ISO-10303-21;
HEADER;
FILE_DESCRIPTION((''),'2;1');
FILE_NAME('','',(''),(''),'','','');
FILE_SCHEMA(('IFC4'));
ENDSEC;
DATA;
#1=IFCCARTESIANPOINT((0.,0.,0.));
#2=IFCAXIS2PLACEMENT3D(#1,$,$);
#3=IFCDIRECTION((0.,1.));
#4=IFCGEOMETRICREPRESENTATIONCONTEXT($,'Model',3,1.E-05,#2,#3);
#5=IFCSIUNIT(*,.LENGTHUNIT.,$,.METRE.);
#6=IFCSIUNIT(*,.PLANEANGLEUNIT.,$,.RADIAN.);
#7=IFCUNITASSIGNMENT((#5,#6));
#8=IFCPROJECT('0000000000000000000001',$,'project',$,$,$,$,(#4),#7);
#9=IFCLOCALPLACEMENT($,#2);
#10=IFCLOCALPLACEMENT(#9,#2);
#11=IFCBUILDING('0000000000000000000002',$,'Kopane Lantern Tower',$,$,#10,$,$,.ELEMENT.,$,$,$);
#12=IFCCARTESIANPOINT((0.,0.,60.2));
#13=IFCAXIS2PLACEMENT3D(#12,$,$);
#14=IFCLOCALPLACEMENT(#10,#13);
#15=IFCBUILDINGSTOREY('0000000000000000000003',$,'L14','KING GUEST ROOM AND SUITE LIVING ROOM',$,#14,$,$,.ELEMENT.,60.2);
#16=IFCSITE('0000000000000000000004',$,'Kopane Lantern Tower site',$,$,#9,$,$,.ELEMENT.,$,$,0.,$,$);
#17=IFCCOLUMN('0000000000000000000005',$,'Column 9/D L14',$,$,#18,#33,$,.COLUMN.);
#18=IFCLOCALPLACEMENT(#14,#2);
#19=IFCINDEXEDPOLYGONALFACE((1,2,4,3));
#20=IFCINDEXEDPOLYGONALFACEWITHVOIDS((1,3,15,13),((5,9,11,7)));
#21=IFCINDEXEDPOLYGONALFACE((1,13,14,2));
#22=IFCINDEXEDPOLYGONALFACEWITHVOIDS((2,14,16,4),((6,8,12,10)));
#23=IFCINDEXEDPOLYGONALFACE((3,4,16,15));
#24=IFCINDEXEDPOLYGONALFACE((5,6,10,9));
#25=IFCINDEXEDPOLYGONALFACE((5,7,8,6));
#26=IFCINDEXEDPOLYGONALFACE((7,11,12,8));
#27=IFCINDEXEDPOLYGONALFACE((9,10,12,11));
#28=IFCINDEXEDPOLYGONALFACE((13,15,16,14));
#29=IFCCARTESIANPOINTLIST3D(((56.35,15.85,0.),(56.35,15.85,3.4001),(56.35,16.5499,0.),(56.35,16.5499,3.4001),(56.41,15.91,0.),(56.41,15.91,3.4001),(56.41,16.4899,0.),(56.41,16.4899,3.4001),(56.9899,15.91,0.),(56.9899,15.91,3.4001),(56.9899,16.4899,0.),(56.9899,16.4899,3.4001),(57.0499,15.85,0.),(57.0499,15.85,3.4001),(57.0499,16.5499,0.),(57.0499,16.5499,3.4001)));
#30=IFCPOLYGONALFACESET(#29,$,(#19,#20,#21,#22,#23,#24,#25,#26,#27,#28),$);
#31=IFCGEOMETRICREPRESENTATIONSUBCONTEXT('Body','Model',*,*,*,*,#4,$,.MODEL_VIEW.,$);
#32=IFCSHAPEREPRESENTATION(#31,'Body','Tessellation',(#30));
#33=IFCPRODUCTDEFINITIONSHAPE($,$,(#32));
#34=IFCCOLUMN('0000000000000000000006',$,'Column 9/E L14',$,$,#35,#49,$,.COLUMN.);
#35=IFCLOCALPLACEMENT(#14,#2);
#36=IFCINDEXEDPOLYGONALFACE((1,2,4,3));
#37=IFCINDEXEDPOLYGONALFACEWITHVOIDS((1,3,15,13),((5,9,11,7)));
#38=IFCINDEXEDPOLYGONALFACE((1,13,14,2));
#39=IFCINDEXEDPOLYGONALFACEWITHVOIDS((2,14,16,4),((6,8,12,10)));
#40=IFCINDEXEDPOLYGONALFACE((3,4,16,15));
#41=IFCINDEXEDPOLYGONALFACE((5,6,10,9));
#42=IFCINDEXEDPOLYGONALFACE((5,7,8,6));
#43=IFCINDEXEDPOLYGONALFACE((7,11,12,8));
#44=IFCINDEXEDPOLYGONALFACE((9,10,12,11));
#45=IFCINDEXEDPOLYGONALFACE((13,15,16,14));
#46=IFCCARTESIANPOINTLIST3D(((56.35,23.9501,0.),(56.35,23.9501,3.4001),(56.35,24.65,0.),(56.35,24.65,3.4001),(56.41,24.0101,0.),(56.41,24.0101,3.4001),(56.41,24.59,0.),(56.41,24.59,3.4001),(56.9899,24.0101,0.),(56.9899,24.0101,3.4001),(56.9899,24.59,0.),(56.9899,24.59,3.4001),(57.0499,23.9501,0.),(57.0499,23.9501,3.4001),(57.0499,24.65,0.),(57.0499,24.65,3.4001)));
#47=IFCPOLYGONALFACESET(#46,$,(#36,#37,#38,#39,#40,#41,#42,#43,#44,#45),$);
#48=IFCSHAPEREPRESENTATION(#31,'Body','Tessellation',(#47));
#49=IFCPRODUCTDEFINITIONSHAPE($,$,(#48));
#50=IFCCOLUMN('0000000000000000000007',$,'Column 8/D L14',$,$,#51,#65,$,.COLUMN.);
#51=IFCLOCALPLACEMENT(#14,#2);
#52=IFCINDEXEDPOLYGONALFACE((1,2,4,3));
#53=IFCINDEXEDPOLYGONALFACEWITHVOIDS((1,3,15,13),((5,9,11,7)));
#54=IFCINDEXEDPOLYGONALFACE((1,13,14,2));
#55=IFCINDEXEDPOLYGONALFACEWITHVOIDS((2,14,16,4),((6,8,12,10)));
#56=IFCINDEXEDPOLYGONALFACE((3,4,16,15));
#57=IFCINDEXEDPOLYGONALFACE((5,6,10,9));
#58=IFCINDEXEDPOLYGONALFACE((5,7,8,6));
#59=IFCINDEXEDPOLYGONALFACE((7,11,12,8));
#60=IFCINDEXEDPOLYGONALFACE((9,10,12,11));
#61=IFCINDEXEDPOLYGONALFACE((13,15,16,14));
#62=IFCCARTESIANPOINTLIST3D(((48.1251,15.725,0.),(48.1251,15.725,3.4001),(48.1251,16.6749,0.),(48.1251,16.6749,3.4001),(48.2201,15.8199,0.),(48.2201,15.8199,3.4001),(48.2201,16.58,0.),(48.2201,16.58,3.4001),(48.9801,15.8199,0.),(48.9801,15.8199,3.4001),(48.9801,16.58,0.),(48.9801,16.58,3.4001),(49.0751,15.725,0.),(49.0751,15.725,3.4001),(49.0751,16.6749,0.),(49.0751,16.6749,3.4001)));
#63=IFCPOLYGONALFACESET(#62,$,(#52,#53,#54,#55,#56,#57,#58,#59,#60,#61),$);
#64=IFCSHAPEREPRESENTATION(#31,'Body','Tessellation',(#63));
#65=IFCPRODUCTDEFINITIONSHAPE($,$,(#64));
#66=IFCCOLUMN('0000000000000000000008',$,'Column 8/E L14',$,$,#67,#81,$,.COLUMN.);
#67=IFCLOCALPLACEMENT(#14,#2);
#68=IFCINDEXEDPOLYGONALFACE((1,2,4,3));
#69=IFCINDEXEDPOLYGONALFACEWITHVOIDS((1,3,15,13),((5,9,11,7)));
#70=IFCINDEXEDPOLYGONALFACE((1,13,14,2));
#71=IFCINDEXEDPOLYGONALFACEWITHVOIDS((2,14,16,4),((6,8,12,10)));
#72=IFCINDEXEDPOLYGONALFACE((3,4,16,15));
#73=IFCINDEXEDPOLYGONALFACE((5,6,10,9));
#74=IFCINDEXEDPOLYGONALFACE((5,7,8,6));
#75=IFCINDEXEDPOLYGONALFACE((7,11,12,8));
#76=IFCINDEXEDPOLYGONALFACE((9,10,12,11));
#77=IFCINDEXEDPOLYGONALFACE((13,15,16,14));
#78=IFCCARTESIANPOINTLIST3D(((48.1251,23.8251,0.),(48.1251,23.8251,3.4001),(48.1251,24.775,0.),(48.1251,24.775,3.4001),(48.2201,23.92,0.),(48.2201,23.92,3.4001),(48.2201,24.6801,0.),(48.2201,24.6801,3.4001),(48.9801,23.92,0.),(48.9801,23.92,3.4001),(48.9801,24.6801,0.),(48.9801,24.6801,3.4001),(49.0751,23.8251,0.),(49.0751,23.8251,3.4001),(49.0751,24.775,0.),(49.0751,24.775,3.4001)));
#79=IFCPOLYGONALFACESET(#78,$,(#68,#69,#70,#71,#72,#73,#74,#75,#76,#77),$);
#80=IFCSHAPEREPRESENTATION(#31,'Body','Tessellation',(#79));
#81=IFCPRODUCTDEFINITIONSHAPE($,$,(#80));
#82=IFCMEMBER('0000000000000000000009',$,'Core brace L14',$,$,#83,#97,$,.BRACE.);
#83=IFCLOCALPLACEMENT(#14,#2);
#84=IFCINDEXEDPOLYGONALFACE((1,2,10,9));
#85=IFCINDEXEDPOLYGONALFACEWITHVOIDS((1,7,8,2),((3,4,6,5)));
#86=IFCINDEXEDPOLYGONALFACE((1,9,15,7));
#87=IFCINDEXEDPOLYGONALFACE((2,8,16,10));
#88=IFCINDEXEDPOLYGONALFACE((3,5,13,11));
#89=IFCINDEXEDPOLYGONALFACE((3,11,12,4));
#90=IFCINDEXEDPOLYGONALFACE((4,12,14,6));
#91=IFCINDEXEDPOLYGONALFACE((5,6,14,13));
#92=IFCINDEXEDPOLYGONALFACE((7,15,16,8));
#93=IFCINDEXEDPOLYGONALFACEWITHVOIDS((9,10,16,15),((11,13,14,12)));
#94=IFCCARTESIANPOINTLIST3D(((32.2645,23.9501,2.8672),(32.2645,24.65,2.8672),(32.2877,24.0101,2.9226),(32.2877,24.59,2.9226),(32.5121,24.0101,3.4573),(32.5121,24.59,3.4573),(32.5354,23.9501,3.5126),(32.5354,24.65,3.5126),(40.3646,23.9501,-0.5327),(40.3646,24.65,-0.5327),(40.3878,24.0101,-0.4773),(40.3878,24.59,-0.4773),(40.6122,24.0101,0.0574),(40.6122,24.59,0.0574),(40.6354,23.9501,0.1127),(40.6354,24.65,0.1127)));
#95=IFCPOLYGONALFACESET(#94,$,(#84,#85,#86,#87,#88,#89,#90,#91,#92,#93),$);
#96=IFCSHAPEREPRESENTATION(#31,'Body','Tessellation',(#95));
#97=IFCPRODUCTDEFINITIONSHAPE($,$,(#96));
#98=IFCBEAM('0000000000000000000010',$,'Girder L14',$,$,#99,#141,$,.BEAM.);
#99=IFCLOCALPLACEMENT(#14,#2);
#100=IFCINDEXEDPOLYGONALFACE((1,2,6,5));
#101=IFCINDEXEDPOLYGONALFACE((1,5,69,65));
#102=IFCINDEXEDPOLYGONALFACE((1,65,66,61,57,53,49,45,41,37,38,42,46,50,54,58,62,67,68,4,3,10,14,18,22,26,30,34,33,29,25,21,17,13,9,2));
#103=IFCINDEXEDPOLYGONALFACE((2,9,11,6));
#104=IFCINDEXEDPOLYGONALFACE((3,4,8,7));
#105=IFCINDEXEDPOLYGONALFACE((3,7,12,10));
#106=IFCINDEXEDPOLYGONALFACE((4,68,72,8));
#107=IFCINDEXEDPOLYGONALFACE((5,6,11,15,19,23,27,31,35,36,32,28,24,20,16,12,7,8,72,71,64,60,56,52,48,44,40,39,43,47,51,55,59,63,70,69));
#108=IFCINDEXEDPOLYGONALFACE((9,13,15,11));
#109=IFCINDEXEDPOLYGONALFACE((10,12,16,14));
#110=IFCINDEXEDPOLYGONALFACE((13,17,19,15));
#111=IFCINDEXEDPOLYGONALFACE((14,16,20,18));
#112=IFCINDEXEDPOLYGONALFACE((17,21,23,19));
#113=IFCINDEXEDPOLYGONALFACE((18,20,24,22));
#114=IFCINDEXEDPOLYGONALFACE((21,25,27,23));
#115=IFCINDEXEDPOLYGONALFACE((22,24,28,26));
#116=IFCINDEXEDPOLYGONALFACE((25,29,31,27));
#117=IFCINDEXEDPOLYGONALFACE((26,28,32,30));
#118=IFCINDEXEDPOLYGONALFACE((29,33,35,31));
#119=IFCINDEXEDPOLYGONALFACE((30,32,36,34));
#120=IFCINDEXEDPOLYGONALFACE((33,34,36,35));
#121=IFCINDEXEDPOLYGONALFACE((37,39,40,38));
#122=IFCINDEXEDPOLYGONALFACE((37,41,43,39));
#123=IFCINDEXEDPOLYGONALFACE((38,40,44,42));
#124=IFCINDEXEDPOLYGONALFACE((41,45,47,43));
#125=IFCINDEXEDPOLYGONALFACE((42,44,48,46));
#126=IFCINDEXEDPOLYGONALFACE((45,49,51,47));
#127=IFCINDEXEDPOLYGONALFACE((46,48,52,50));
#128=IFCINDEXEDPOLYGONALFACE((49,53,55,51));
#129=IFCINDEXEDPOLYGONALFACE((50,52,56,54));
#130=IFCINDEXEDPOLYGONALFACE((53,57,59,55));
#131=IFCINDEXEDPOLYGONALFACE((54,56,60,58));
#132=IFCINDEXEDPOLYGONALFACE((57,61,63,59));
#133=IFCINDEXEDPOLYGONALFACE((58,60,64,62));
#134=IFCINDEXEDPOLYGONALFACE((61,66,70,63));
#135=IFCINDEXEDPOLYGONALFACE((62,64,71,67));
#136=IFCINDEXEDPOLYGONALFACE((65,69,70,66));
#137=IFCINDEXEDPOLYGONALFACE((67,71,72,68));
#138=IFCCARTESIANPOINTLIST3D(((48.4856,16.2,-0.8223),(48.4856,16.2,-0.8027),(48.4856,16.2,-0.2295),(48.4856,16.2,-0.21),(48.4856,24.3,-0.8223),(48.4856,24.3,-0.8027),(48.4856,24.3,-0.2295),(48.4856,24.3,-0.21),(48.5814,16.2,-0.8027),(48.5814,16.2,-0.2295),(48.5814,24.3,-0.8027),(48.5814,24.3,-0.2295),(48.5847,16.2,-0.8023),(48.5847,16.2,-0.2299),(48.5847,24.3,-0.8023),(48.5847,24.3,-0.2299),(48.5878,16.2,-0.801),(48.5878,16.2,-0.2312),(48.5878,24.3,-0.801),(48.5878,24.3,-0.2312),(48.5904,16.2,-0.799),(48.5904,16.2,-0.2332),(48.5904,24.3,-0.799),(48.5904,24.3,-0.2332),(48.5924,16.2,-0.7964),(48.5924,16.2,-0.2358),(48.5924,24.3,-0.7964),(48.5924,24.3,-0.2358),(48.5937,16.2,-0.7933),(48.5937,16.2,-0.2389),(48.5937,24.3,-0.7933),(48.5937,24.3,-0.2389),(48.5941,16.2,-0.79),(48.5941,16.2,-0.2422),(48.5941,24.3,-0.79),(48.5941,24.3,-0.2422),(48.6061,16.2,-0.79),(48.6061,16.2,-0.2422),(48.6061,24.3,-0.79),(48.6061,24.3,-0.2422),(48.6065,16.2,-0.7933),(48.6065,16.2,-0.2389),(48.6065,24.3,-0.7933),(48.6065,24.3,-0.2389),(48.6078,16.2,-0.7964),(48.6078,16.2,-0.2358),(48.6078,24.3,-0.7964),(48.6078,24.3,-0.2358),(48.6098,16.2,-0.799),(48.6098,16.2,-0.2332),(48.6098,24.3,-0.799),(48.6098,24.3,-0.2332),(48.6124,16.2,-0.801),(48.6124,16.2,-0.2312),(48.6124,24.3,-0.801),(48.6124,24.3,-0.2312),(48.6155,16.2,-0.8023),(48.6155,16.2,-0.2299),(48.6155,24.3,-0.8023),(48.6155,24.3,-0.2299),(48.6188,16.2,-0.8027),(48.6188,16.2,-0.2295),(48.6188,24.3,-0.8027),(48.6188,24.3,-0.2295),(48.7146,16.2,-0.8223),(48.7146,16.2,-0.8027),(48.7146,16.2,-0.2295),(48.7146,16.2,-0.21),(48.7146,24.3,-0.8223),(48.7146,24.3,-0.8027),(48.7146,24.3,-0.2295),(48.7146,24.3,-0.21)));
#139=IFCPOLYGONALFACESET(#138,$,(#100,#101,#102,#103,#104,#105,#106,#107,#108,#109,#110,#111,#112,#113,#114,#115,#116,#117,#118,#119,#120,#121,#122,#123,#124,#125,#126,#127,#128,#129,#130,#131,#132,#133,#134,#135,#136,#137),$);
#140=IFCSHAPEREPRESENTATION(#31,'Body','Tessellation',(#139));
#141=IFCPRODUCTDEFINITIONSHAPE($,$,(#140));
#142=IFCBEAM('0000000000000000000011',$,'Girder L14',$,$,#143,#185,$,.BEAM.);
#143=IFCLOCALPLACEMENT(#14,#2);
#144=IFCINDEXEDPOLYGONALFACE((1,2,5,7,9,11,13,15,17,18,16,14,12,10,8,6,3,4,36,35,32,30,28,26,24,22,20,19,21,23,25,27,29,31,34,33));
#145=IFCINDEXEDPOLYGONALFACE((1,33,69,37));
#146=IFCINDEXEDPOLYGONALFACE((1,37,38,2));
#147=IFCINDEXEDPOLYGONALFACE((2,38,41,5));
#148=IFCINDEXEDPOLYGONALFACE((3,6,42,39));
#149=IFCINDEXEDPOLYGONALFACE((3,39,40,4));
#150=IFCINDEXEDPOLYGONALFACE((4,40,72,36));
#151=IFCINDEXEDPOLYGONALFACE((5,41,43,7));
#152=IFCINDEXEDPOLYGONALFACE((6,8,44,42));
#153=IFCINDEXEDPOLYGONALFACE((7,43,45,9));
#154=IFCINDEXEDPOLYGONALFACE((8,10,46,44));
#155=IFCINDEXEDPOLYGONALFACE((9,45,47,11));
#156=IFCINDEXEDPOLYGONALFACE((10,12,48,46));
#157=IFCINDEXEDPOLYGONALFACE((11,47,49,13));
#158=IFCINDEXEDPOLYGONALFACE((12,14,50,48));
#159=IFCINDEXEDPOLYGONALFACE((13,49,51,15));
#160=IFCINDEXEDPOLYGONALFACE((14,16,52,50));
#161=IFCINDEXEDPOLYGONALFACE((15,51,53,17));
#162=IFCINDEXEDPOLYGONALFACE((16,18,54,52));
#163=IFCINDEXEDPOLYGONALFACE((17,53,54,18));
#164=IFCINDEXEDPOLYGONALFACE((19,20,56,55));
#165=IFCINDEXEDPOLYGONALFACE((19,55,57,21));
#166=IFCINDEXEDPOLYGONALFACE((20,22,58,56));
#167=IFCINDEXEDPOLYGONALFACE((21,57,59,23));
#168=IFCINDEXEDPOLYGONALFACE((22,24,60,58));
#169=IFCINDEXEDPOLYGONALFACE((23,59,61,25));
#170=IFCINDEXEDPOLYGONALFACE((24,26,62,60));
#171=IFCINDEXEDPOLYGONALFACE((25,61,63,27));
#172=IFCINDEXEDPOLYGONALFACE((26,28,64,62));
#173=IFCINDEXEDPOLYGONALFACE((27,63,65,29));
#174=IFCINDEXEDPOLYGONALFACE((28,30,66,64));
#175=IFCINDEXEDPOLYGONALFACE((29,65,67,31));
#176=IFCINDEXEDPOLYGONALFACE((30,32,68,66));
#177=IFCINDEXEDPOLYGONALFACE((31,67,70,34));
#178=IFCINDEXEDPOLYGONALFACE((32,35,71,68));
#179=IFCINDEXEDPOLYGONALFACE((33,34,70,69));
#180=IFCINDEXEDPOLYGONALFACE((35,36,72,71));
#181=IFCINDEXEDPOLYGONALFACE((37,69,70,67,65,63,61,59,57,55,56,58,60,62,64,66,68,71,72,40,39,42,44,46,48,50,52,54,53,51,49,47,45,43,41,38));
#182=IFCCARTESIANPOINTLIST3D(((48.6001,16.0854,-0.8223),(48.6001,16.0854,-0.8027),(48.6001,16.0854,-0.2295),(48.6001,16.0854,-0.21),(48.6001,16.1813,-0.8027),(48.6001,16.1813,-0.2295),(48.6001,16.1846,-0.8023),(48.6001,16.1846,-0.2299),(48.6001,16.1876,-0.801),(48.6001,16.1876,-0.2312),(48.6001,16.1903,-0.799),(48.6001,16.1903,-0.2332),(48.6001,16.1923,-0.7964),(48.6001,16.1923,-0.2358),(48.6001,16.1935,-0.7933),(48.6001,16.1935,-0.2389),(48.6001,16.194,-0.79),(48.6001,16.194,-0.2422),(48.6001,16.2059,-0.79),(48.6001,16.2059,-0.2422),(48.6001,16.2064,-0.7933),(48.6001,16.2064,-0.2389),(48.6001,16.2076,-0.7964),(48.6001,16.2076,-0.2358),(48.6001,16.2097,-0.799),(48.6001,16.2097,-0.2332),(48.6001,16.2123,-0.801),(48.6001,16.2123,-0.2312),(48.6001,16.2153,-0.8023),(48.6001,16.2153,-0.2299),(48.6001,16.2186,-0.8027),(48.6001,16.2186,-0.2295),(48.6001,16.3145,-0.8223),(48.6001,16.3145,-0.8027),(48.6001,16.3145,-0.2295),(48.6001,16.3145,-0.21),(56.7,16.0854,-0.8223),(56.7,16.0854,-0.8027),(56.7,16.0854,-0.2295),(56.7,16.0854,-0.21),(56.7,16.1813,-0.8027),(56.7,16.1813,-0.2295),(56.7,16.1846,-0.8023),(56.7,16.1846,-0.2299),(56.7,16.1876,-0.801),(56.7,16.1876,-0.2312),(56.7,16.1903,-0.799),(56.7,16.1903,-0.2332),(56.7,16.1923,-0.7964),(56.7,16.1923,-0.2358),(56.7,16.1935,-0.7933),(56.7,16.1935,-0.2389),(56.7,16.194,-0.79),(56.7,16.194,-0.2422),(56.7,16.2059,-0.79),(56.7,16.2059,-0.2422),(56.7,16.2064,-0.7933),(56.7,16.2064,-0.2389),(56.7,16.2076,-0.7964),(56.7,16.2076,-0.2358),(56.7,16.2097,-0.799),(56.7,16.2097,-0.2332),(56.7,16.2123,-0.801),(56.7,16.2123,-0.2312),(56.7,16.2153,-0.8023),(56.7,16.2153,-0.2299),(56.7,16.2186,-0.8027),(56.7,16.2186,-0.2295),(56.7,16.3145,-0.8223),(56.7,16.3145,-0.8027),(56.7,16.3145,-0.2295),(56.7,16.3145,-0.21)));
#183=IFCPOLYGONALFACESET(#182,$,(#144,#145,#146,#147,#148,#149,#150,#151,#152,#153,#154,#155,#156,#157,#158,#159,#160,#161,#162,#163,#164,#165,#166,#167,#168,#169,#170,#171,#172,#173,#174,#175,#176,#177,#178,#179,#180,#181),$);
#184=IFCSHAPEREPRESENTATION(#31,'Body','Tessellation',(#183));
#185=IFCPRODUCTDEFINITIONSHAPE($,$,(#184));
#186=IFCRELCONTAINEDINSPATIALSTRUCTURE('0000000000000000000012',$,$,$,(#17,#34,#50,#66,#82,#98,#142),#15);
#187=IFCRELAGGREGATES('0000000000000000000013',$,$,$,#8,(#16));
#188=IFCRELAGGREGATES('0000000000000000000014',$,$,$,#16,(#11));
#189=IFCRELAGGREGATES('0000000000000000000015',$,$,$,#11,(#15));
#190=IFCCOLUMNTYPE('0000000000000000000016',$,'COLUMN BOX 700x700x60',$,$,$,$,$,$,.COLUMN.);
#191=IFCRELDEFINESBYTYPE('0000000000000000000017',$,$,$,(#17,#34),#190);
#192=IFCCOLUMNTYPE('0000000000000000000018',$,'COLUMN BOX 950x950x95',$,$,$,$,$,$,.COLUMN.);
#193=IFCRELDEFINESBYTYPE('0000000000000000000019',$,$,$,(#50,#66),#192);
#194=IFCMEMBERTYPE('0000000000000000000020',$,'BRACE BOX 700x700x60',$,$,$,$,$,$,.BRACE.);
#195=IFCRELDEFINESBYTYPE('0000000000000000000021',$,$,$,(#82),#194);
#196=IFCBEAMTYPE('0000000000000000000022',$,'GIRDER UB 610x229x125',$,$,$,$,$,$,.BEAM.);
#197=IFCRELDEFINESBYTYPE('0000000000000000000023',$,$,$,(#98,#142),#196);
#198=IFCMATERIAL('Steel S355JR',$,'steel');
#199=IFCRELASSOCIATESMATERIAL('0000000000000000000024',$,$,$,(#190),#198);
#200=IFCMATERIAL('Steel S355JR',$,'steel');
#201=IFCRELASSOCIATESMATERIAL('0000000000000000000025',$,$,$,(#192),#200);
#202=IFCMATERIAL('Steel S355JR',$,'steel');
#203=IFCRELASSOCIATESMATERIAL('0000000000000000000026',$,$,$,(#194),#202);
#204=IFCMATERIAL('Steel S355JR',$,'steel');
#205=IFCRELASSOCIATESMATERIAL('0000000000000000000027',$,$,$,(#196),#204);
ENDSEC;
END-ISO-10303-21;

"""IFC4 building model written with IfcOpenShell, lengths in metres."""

from ifc_helpers import new_model, si_unit, direction, frame, origin, origin_2d, place, context, subcontext, project, spatial, hollow_rectangle, i_section, extrude, material, material_profile, profile_set, type_object, element, save


model = new_model("IFC4")

# Units and contexts
model_context = context("Model", 3, precision=1e-05, world=origin(), true_north=direction((0.0, 1.0)))
body_context = subcontext(model_context, "Body", "Model", "MODEL_VIEW")
ifc_project = project(units=[si_unit("LENGTHUNIT", "METRE"), si_unit("PLANEANGLEUNIT", "RADIAN")], contexts=[model_context])

# Site, building, storey
site_placement = place(None, origin())
site = spatial("IfcSite", under=ifc_project, at=site_placement, Name="Kopane Lantern Tower site", CompositionType="ELEMENT", RefElevation=0.0)
building_placement = place(site_placement, origin())
building = spatial("IfcBuilding", under=site, at=building_placement, Name="Kopane Lantern Tower", CompositionType="ELEMENT")
storey_placement = place(building_placement, frame((0.0, 0.0, 60.2)))
storey = spatial("IfcBuildingStorey", under=building, at=storey_placement, Name="L14", Description="KING GUEST ROOM AND SUITE LIVING ROOM", CompositionType="ELEMENT", Elevation=60.2)

# Columns
ifc_material_1 = material(Name="Steel S355JR", Category="steel")
ifc_material_profile_1 = material_profile(ifc_material_1, hollow_rectangle(XDim=0.7, YDim=0.7, WallThickness=0.0601, at=origin_2d()), Name="BOX 700x700x60")
ifc_profile_set_1 = profile_set([ifc_material_profile_1], Name="Steel S355JR")
column_type_1 = type_object("IfcColumnType", Name="COLUMN BOX 700x700x60", PredefinedType="COLUMN", material=ifc_profile_set_1)
for number, where, z_axis, x_axis, name in (
    (1, (56.7, 16.2, 0.0), (0.0, 0.0, 1.0), (1.0, 0.0, 0.0), "Column 9/D L14"),
    (2, (56.7, 24.3, 0.0), (0.0, 0.0, 1.0), (1.0, 0.0, 0.0), "Column 9/E L14"),
):
    element("IfcColumn", number, at=place(storey_placement, frame(where, z_axis=z_axis, x_axis=x_axis)), inside=storey, type_object=column_type_1, Name=name, PredefinedType="COLUMN", context=body_context, shape_type="SweptSolid", body=[
        extrude(hollow_rectangle(XDim=0.7, YDim=0.7, WallThickness=0.0601, at=origin_2d()), origin(), (0.0, 0.0, 1.0), 3.4001),
    ])
ifc_material_2 = material(Name="Steel S355JR", Category="steel")
ifc_material_profile_2 = material_profile(ifc_material_2, hollow_rectangle(XDim=0.95, YDim=0.95, WallThickness=0.095, at=origin_2d()), Name="BOX 950x950x95")
ifc_profile_set_2 = profile_set([ifc_material_profile_2], Name="Steel S355JR")
column_type_2 = type_object("IfcColumnType", Name="COLUMN BOX 950x950x95", PredefinedType="COLUMN", material=ifc_profile_set_2)
for number, where, z_axis, x_axis, name in (
    (3, (48.6001, 16.2, 0.0), (0.0, 0.0, 1.0), (1.0, 0.0, 0.0), "Column 8/D L14"),
    (4, (48.6001, 24.3, 0.0), (0.0, 0.0, 1.0), (1.0, 0.0, 0.0), "Column 8/E L14"),
):
    element("IfcColumn", number, at=place(storey_placement, frame(where, z_axis=z_axis, x_axis=x_axis)), inside=storey, type_object=column_type_2, Name=name, PredefinedType="COLUMN", context=body_context, shape_type="SweptSolid", body=[
        extrude(hollow_rectangle(XDim=0.95, YDim=0.95, WallThickness=0.095, at=origin_2d()), origin(), (0.0, 0.0, 1.0), 3.4001),
    ])

# Member
ifc_material_3 = material(Name="Steel S355JR", Category="steel")
ifc_material_profile_3 = material_profile(ifc_material_3, hollow_rectangle(XDim=0.7, YDim=0.7, WallThickness=0.0601, at=origin_2d()), Name="BOX 700x700x60")
ifc_profile_set_3 = profile_set([ifc_material_profile_3], Name="Steel S355JR")
member_type = type_object("IfcMemberType", Name="BRACE BOX 700x700x60", PredefinedType="BRACE", material=ifc_profile_set_3)
member_placement = place(storey_placement, frame((40.5, 24.3, -0.21), z_axis=(-0.922069, 0.0, 0.387026), x_axis=(0.0, -1.0, 0.0)))
element("IfcMember", 5, at=member_placement, inside=storey, type_object=member_type, Name="Core brace L14", PredefinedType="BRACE", context=body_context, shape_type="SweptSolid", body=[
    extrude(hollow_rectangle(XDim=0.7, YDim=0.7, WallThickness=0.0601, at=origin_2d()), origin(), (0.0, 0.0, 1.0), 8.7847),
])

# Beams
ifc_material_4 = material(Name="Steel S355JR", Category="steel")
ifc_material_profile_4 = material_profile(ifc_material_4, i_section(OverallWidth=0.229, OverallDepth=0.6123, WebThickness=0.012, FlangeThickness=0.0195, FilletRadius=0.0127, at=origin_2d()), Name="UB 610x229x125")
ifc_profile_set_4 = profile_set([ifc_material_profile_4], Name="Steel S355JR")
beam_type = type_object("IfcBeamType", Name="GIRDER UB 610x229x125", PredefinedType="BEAM", material=ifc_profile_set_4)
beam_1_placement = place(storey_placement, frame((48.6001, 16.2, -0.5161), z_axis=(0.0, 1.0, 0.0), x_axis=(-1.0, 0.0, 0.0)))
element("IfcBeam", 6, at=beam_1_placement, inside=storey, type_object=beam_type, Name="Girder L14", PredefinedType="BEAM", context=body_context, shape_type="SweptSolid", body=[
    extrude(i_section(OverallWidth=0.229, OverallDepth=0.6123, WebThickness=0.012, FlangeThickness=0.0195, FilletRadius=0.0127, at=origin_2d()), origin(), (0.0, 0.0, 1.0), 8.1001),
])
for number, where, z_axis, x_axis, name in (
    (7, (48.6001, 16.2, -0.5161), (1.0, 0.0, 0.0), (0.0, 1.0, 0.0), "Girder L14"),
):
    element("IfcBeam", number, at=place(storey_placement, frame(where, z_axis=z_axis, x_axis=x_axis)), inside=storey, type_object=beam_type, Name=name, PredefinedType="BEAM", context=body_context, shape_type="SweptSolid", body=[
        extrude(i_section(OverallWidth=0.229, OverallDepth=0.6123, WebThickness=0.012, FlangeThickness=0.0195, FilletRadius=0.0127, at=origin_2d()), origin(), (0.0, 0.0, 1.0), 8.0999),
    ])

save(model, "model.ifc")
